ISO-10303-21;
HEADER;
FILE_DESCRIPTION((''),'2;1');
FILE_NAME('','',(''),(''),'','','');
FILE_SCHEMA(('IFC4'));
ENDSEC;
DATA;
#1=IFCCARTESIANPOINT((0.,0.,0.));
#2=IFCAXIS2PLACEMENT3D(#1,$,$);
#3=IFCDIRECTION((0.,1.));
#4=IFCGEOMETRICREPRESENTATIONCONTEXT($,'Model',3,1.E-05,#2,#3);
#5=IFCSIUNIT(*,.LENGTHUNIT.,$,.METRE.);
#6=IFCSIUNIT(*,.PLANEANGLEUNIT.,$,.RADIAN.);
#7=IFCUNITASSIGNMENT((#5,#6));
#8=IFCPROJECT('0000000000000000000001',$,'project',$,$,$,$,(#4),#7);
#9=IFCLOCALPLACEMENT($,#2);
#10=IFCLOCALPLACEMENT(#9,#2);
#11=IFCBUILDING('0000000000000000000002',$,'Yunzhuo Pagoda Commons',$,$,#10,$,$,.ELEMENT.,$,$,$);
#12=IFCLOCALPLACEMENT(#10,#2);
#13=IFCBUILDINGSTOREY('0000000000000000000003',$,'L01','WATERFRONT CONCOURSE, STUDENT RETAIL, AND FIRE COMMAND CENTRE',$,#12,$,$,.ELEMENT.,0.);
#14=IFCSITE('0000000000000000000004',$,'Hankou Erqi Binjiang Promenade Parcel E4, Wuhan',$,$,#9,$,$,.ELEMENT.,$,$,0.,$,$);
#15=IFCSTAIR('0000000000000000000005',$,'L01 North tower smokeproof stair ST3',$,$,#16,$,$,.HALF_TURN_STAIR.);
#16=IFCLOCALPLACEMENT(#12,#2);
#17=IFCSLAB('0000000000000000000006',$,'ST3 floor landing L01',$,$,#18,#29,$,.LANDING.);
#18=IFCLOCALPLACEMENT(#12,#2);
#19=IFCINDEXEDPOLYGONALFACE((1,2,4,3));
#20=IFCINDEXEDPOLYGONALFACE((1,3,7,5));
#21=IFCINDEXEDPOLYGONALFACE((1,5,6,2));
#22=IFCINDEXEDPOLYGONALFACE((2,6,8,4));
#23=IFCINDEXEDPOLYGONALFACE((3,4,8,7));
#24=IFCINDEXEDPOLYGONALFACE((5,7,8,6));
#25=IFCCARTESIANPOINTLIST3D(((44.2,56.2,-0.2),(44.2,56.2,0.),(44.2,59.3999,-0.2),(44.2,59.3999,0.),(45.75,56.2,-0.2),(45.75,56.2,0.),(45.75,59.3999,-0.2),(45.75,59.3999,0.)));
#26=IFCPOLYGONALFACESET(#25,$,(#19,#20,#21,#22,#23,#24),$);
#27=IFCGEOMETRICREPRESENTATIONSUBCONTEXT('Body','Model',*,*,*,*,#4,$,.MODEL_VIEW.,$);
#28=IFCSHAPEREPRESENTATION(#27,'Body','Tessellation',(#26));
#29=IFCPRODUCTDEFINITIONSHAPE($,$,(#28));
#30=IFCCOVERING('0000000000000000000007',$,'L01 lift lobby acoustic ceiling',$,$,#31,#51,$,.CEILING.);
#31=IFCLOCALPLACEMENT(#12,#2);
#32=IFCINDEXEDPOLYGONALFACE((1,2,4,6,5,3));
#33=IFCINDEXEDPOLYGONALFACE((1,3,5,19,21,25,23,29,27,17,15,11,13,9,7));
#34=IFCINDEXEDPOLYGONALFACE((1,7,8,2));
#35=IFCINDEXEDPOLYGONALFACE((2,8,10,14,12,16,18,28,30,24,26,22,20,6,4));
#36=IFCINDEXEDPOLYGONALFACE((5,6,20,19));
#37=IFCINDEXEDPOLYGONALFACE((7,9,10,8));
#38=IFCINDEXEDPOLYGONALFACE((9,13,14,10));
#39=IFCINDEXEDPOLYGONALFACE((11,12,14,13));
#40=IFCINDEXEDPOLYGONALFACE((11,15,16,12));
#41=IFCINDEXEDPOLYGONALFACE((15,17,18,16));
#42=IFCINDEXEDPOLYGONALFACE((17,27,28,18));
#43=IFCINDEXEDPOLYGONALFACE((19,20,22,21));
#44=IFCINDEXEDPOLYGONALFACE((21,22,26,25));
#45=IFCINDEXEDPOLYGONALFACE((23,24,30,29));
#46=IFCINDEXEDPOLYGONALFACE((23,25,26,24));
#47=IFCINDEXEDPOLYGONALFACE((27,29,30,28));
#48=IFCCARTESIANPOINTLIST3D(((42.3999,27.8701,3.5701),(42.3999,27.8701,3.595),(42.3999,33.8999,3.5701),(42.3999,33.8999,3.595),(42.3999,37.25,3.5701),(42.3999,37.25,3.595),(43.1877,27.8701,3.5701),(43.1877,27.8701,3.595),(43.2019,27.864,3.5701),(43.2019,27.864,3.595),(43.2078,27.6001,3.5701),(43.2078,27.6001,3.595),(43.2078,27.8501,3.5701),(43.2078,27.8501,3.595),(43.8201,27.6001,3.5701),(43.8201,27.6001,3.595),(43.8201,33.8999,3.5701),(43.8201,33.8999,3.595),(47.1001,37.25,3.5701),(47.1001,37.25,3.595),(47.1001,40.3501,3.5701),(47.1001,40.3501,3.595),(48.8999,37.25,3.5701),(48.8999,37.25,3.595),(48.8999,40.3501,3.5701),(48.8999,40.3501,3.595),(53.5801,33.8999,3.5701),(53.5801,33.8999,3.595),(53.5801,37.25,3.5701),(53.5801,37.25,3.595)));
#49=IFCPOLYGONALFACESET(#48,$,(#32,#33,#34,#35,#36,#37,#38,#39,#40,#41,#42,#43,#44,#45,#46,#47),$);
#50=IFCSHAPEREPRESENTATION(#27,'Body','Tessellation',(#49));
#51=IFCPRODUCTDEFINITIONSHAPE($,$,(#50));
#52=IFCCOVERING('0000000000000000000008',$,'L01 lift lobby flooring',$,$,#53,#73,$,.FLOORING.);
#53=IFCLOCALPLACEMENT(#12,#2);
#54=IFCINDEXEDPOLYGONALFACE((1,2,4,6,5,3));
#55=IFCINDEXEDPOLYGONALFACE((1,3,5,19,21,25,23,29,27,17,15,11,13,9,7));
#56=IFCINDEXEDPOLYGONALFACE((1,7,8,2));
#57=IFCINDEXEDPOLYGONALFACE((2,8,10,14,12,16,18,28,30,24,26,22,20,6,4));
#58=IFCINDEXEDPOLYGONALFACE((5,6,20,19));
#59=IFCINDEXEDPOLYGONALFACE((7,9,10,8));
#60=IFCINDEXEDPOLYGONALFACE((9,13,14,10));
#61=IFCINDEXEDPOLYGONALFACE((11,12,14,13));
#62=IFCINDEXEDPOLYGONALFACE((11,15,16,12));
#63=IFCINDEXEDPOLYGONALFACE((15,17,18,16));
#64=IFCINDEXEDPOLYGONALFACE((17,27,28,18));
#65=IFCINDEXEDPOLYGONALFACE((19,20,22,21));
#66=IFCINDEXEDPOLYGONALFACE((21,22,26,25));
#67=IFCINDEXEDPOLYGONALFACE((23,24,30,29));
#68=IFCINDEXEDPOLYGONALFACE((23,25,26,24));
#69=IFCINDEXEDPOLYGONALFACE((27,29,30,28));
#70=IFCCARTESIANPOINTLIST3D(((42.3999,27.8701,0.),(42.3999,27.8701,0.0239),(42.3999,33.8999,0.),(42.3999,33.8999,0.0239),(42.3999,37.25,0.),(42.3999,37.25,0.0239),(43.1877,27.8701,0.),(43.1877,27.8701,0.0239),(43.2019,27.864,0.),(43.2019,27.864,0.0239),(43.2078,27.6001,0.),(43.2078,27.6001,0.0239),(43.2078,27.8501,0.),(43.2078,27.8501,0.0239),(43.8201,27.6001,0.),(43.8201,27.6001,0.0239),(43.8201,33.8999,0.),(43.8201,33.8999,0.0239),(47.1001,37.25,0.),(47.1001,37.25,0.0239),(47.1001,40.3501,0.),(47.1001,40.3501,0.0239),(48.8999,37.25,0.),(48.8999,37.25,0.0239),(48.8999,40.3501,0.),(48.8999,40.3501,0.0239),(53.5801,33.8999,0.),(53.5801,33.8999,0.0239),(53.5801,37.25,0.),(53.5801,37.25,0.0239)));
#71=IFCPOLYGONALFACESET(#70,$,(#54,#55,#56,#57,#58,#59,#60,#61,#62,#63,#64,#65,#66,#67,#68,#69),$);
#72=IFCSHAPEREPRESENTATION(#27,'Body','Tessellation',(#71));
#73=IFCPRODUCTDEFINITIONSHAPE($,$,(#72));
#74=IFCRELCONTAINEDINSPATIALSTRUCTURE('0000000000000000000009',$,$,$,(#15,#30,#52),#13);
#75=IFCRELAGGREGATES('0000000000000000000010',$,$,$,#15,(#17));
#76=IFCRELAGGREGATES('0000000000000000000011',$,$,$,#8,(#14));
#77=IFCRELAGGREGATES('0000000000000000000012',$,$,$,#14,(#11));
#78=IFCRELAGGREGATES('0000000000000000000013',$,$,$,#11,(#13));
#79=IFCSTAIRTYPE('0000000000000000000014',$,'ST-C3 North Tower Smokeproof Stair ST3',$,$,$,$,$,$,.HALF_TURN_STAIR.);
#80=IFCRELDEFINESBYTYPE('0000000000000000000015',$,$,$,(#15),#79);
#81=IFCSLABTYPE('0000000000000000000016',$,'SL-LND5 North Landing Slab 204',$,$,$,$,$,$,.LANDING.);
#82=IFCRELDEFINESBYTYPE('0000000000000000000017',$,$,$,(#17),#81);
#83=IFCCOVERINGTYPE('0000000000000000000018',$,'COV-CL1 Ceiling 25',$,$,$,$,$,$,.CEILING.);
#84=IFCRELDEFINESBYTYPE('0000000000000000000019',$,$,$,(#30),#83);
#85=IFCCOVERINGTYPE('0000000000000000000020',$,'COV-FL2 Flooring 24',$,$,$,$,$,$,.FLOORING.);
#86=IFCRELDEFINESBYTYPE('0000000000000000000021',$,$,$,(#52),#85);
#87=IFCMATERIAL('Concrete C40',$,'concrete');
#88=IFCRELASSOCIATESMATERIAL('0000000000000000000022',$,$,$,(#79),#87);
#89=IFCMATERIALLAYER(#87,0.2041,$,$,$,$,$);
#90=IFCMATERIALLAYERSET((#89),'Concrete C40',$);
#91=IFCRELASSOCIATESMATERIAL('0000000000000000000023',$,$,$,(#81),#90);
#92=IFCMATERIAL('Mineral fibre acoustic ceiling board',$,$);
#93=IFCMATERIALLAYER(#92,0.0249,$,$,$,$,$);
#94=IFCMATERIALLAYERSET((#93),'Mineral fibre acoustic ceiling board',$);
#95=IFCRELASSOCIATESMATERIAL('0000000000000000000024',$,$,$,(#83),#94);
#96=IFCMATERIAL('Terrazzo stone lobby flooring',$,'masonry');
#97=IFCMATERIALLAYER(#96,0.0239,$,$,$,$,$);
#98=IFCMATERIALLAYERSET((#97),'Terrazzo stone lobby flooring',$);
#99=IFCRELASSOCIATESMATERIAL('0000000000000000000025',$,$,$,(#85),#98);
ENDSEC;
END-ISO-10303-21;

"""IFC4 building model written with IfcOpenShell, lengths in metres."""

from ifc_helpers import new_model, si_unit, direction, frame, origin, place, context, subcontext, project, spatial, polyline, outline, extrude, material, layer, layer_set, type_object, element, aggregate, save


model = new_model("IFC4")

# Units and contexts
model_context = context("Model", 3, precision=1e-05, world=origin(), true_north=direction((0.0, 1.0)))
body_context = subcontext(model_context, "Body", "Model", "MODEL_VIEW")
ifc_project = project(units=[si_unit("LENGTHUNIT", "METRE"), si_unit("PLANEANGLEUNIT", "RADIAN")], contexts=[model_context])

# Site, building, storey
site_placement = place(None, origin())
site = spatial("IfcSite", under=ifc_project, at=site_placement, Name="Hankou Erqi Binjiang Promenade Parcel E4, Wuhan", CompositionType="ELEMENT", RefElevation=0.0)
building_placement = place(site_placement, origin())
building = spatial("IfcBuilding", under=site, at=building_placement, Name="Yunzhuo Pagoda Commons", CompositionType="ELEMENT")
storey_placement = place(building_placement, origin())
storey = spatial("IfcBuildingStorey", under=building, at=storey_placement, Name="L01", Description="WATERFRONT CONCOURSE, STUDENT RETAIL, AND FIRE COMMAND CENTRE", CompositionType="ELEMENT", Elevation=0.0)

# Shared definitions
ifc_material_1 = material(Name="Concrete C40", Category="concrete")

# Stair, slab
stair_type_1 = type_object("IfcStairType", Name="ST-C3 North Tower Smokeproof Stair ST3", PredefinedType="HALF_TURN_STAIR", material=ifc_material_1)
stair_1_placement = place(storey_placement, origin())
stair_1 = element("IfcStair", 1, at=stair_1_placement, inside=storey, type_object=stair_type_1, Name="L01 North tower smokeproof stair ST3", PredefinedType="HALF_TURN_STAIR")
ifc_layer_1 = layer(ifc_material_1, 0.2041)
ifc_layer_set_1 = layer_set([ifc_layer_1], Name="Concrete C40")
slab_type_1 = type_object("IfcSlabType", Name="SL-LND5 North Landing Slab 204", PredefinedType="LANDING", material=ifc_layer_set_1)
slab_1_placement = place(storey_placement, frame((0.0, 0.0, -0.2)))
slab_1 = element("IfcSlab", 2, at=slab_1_placement, type_object=slab_type_1, Name="ST3 floor landing L01", PredefinedType="LANDING", context=body_context, shape_type="SweptSolid", body=[
    extrude(outline(polyline([(44.2, 56.2), (45.75, 56.2), (45.75, 59.3999), (44.2, 59.3999), (44.2, 56.2)])), origin(), (0.0, 0.0, 1.0), 0.2),
])
aggregate(stair_1, [slab_1])

# Coverings
ifc_material_2 = material(Name="Mineral fibre acoustic ceiling board")
ifc_layer_2 = layer(ifc_material_2, 0.0249)
ifc_layer_set_2 = layer_set([ifc_layer_2], Name="Mineral fibre acoustic ceiling board")
covering_type_1 = type_object("IfcCoveringType", Name="COV-CL1 Ceiling 25", PredefinedType="CEILING", material=ifc_layer_set_2)
covering_1_placement = place(storey_placement, frame((0.0, 0.0, 3.5701)))
element("IfcCovering", 3, at=covering_1_placement, inside=storey, type_object=covering_type_1, Name="L01 lift lobby acoustic ceiling", PredefinedType="CEILING", context=body_context, shape_type="SweptSolid", body=[
    extrude(outline(polyline([(43.2078, 27.8501), (43.2019, 27.864), (43.1877, 27.8701), (42.3999, 27.8701), (42.3999, 33.8999), (42.3999, 37.25), (47.1001, 37.25), (47.1001, 40.3501), (48.8999, 40.3501), (48.8999, 37.25), (53.5801, 37.25), (53.5801, 33.8999), (43.8201, 33.8999), (43.8201, 27.6001), (43.2078, 27.6001), (43.2078, 27.8501)])), origin(), (0.0, 0.0, 1.0), 0.0249),
])
ifc_material_3 = material(Name="Terrazzo stone lobby flooring", Category="masonry")
ifc_layer_3 = layer(ifc_material_3, 0.0239)
ifc_layer_set_3 = layer_set([ifc_layer_3], Name="Terrazzo stone lobby flooring")
covering_type_2 = type_object("IfcCoveringType", Name="COV-FL2 Flooring 24", PredefinedType="FLOORING", material=ifc_layer_set_3)
covering_2_placement = place(storey_placement, origin())
element("IfcCovering", 4, at=covering_2_placement, inside=storey, type_object=covering_type_2, Name="L01 lift lobby flooring", PredefinedType="FLOORING", context=body_context, shape_type="SweptSolid", body=[
    extrude(outline(polyline([(43.2078, 27.8501), (43.2019, 27.864), (43.1877, 27.8701), (42.3999, 27.8701), (42.3999, 33.8999), (42.3999, 37.25), (47.1001, 37.25), (47.1001, 40.3501), (48.8999, 40.3501), (48.8999, 37.25), (53.5801, 37.25), (53.5801, 33.8999), (43.8201, 33.8999), (43.8201, 27.6001), (43.2078, 27.6001), (43.2078, 27.8501)])), origin(), (0.0, 0.0, 1.0), 0.0239),
])

save(model, "model.ifc")
